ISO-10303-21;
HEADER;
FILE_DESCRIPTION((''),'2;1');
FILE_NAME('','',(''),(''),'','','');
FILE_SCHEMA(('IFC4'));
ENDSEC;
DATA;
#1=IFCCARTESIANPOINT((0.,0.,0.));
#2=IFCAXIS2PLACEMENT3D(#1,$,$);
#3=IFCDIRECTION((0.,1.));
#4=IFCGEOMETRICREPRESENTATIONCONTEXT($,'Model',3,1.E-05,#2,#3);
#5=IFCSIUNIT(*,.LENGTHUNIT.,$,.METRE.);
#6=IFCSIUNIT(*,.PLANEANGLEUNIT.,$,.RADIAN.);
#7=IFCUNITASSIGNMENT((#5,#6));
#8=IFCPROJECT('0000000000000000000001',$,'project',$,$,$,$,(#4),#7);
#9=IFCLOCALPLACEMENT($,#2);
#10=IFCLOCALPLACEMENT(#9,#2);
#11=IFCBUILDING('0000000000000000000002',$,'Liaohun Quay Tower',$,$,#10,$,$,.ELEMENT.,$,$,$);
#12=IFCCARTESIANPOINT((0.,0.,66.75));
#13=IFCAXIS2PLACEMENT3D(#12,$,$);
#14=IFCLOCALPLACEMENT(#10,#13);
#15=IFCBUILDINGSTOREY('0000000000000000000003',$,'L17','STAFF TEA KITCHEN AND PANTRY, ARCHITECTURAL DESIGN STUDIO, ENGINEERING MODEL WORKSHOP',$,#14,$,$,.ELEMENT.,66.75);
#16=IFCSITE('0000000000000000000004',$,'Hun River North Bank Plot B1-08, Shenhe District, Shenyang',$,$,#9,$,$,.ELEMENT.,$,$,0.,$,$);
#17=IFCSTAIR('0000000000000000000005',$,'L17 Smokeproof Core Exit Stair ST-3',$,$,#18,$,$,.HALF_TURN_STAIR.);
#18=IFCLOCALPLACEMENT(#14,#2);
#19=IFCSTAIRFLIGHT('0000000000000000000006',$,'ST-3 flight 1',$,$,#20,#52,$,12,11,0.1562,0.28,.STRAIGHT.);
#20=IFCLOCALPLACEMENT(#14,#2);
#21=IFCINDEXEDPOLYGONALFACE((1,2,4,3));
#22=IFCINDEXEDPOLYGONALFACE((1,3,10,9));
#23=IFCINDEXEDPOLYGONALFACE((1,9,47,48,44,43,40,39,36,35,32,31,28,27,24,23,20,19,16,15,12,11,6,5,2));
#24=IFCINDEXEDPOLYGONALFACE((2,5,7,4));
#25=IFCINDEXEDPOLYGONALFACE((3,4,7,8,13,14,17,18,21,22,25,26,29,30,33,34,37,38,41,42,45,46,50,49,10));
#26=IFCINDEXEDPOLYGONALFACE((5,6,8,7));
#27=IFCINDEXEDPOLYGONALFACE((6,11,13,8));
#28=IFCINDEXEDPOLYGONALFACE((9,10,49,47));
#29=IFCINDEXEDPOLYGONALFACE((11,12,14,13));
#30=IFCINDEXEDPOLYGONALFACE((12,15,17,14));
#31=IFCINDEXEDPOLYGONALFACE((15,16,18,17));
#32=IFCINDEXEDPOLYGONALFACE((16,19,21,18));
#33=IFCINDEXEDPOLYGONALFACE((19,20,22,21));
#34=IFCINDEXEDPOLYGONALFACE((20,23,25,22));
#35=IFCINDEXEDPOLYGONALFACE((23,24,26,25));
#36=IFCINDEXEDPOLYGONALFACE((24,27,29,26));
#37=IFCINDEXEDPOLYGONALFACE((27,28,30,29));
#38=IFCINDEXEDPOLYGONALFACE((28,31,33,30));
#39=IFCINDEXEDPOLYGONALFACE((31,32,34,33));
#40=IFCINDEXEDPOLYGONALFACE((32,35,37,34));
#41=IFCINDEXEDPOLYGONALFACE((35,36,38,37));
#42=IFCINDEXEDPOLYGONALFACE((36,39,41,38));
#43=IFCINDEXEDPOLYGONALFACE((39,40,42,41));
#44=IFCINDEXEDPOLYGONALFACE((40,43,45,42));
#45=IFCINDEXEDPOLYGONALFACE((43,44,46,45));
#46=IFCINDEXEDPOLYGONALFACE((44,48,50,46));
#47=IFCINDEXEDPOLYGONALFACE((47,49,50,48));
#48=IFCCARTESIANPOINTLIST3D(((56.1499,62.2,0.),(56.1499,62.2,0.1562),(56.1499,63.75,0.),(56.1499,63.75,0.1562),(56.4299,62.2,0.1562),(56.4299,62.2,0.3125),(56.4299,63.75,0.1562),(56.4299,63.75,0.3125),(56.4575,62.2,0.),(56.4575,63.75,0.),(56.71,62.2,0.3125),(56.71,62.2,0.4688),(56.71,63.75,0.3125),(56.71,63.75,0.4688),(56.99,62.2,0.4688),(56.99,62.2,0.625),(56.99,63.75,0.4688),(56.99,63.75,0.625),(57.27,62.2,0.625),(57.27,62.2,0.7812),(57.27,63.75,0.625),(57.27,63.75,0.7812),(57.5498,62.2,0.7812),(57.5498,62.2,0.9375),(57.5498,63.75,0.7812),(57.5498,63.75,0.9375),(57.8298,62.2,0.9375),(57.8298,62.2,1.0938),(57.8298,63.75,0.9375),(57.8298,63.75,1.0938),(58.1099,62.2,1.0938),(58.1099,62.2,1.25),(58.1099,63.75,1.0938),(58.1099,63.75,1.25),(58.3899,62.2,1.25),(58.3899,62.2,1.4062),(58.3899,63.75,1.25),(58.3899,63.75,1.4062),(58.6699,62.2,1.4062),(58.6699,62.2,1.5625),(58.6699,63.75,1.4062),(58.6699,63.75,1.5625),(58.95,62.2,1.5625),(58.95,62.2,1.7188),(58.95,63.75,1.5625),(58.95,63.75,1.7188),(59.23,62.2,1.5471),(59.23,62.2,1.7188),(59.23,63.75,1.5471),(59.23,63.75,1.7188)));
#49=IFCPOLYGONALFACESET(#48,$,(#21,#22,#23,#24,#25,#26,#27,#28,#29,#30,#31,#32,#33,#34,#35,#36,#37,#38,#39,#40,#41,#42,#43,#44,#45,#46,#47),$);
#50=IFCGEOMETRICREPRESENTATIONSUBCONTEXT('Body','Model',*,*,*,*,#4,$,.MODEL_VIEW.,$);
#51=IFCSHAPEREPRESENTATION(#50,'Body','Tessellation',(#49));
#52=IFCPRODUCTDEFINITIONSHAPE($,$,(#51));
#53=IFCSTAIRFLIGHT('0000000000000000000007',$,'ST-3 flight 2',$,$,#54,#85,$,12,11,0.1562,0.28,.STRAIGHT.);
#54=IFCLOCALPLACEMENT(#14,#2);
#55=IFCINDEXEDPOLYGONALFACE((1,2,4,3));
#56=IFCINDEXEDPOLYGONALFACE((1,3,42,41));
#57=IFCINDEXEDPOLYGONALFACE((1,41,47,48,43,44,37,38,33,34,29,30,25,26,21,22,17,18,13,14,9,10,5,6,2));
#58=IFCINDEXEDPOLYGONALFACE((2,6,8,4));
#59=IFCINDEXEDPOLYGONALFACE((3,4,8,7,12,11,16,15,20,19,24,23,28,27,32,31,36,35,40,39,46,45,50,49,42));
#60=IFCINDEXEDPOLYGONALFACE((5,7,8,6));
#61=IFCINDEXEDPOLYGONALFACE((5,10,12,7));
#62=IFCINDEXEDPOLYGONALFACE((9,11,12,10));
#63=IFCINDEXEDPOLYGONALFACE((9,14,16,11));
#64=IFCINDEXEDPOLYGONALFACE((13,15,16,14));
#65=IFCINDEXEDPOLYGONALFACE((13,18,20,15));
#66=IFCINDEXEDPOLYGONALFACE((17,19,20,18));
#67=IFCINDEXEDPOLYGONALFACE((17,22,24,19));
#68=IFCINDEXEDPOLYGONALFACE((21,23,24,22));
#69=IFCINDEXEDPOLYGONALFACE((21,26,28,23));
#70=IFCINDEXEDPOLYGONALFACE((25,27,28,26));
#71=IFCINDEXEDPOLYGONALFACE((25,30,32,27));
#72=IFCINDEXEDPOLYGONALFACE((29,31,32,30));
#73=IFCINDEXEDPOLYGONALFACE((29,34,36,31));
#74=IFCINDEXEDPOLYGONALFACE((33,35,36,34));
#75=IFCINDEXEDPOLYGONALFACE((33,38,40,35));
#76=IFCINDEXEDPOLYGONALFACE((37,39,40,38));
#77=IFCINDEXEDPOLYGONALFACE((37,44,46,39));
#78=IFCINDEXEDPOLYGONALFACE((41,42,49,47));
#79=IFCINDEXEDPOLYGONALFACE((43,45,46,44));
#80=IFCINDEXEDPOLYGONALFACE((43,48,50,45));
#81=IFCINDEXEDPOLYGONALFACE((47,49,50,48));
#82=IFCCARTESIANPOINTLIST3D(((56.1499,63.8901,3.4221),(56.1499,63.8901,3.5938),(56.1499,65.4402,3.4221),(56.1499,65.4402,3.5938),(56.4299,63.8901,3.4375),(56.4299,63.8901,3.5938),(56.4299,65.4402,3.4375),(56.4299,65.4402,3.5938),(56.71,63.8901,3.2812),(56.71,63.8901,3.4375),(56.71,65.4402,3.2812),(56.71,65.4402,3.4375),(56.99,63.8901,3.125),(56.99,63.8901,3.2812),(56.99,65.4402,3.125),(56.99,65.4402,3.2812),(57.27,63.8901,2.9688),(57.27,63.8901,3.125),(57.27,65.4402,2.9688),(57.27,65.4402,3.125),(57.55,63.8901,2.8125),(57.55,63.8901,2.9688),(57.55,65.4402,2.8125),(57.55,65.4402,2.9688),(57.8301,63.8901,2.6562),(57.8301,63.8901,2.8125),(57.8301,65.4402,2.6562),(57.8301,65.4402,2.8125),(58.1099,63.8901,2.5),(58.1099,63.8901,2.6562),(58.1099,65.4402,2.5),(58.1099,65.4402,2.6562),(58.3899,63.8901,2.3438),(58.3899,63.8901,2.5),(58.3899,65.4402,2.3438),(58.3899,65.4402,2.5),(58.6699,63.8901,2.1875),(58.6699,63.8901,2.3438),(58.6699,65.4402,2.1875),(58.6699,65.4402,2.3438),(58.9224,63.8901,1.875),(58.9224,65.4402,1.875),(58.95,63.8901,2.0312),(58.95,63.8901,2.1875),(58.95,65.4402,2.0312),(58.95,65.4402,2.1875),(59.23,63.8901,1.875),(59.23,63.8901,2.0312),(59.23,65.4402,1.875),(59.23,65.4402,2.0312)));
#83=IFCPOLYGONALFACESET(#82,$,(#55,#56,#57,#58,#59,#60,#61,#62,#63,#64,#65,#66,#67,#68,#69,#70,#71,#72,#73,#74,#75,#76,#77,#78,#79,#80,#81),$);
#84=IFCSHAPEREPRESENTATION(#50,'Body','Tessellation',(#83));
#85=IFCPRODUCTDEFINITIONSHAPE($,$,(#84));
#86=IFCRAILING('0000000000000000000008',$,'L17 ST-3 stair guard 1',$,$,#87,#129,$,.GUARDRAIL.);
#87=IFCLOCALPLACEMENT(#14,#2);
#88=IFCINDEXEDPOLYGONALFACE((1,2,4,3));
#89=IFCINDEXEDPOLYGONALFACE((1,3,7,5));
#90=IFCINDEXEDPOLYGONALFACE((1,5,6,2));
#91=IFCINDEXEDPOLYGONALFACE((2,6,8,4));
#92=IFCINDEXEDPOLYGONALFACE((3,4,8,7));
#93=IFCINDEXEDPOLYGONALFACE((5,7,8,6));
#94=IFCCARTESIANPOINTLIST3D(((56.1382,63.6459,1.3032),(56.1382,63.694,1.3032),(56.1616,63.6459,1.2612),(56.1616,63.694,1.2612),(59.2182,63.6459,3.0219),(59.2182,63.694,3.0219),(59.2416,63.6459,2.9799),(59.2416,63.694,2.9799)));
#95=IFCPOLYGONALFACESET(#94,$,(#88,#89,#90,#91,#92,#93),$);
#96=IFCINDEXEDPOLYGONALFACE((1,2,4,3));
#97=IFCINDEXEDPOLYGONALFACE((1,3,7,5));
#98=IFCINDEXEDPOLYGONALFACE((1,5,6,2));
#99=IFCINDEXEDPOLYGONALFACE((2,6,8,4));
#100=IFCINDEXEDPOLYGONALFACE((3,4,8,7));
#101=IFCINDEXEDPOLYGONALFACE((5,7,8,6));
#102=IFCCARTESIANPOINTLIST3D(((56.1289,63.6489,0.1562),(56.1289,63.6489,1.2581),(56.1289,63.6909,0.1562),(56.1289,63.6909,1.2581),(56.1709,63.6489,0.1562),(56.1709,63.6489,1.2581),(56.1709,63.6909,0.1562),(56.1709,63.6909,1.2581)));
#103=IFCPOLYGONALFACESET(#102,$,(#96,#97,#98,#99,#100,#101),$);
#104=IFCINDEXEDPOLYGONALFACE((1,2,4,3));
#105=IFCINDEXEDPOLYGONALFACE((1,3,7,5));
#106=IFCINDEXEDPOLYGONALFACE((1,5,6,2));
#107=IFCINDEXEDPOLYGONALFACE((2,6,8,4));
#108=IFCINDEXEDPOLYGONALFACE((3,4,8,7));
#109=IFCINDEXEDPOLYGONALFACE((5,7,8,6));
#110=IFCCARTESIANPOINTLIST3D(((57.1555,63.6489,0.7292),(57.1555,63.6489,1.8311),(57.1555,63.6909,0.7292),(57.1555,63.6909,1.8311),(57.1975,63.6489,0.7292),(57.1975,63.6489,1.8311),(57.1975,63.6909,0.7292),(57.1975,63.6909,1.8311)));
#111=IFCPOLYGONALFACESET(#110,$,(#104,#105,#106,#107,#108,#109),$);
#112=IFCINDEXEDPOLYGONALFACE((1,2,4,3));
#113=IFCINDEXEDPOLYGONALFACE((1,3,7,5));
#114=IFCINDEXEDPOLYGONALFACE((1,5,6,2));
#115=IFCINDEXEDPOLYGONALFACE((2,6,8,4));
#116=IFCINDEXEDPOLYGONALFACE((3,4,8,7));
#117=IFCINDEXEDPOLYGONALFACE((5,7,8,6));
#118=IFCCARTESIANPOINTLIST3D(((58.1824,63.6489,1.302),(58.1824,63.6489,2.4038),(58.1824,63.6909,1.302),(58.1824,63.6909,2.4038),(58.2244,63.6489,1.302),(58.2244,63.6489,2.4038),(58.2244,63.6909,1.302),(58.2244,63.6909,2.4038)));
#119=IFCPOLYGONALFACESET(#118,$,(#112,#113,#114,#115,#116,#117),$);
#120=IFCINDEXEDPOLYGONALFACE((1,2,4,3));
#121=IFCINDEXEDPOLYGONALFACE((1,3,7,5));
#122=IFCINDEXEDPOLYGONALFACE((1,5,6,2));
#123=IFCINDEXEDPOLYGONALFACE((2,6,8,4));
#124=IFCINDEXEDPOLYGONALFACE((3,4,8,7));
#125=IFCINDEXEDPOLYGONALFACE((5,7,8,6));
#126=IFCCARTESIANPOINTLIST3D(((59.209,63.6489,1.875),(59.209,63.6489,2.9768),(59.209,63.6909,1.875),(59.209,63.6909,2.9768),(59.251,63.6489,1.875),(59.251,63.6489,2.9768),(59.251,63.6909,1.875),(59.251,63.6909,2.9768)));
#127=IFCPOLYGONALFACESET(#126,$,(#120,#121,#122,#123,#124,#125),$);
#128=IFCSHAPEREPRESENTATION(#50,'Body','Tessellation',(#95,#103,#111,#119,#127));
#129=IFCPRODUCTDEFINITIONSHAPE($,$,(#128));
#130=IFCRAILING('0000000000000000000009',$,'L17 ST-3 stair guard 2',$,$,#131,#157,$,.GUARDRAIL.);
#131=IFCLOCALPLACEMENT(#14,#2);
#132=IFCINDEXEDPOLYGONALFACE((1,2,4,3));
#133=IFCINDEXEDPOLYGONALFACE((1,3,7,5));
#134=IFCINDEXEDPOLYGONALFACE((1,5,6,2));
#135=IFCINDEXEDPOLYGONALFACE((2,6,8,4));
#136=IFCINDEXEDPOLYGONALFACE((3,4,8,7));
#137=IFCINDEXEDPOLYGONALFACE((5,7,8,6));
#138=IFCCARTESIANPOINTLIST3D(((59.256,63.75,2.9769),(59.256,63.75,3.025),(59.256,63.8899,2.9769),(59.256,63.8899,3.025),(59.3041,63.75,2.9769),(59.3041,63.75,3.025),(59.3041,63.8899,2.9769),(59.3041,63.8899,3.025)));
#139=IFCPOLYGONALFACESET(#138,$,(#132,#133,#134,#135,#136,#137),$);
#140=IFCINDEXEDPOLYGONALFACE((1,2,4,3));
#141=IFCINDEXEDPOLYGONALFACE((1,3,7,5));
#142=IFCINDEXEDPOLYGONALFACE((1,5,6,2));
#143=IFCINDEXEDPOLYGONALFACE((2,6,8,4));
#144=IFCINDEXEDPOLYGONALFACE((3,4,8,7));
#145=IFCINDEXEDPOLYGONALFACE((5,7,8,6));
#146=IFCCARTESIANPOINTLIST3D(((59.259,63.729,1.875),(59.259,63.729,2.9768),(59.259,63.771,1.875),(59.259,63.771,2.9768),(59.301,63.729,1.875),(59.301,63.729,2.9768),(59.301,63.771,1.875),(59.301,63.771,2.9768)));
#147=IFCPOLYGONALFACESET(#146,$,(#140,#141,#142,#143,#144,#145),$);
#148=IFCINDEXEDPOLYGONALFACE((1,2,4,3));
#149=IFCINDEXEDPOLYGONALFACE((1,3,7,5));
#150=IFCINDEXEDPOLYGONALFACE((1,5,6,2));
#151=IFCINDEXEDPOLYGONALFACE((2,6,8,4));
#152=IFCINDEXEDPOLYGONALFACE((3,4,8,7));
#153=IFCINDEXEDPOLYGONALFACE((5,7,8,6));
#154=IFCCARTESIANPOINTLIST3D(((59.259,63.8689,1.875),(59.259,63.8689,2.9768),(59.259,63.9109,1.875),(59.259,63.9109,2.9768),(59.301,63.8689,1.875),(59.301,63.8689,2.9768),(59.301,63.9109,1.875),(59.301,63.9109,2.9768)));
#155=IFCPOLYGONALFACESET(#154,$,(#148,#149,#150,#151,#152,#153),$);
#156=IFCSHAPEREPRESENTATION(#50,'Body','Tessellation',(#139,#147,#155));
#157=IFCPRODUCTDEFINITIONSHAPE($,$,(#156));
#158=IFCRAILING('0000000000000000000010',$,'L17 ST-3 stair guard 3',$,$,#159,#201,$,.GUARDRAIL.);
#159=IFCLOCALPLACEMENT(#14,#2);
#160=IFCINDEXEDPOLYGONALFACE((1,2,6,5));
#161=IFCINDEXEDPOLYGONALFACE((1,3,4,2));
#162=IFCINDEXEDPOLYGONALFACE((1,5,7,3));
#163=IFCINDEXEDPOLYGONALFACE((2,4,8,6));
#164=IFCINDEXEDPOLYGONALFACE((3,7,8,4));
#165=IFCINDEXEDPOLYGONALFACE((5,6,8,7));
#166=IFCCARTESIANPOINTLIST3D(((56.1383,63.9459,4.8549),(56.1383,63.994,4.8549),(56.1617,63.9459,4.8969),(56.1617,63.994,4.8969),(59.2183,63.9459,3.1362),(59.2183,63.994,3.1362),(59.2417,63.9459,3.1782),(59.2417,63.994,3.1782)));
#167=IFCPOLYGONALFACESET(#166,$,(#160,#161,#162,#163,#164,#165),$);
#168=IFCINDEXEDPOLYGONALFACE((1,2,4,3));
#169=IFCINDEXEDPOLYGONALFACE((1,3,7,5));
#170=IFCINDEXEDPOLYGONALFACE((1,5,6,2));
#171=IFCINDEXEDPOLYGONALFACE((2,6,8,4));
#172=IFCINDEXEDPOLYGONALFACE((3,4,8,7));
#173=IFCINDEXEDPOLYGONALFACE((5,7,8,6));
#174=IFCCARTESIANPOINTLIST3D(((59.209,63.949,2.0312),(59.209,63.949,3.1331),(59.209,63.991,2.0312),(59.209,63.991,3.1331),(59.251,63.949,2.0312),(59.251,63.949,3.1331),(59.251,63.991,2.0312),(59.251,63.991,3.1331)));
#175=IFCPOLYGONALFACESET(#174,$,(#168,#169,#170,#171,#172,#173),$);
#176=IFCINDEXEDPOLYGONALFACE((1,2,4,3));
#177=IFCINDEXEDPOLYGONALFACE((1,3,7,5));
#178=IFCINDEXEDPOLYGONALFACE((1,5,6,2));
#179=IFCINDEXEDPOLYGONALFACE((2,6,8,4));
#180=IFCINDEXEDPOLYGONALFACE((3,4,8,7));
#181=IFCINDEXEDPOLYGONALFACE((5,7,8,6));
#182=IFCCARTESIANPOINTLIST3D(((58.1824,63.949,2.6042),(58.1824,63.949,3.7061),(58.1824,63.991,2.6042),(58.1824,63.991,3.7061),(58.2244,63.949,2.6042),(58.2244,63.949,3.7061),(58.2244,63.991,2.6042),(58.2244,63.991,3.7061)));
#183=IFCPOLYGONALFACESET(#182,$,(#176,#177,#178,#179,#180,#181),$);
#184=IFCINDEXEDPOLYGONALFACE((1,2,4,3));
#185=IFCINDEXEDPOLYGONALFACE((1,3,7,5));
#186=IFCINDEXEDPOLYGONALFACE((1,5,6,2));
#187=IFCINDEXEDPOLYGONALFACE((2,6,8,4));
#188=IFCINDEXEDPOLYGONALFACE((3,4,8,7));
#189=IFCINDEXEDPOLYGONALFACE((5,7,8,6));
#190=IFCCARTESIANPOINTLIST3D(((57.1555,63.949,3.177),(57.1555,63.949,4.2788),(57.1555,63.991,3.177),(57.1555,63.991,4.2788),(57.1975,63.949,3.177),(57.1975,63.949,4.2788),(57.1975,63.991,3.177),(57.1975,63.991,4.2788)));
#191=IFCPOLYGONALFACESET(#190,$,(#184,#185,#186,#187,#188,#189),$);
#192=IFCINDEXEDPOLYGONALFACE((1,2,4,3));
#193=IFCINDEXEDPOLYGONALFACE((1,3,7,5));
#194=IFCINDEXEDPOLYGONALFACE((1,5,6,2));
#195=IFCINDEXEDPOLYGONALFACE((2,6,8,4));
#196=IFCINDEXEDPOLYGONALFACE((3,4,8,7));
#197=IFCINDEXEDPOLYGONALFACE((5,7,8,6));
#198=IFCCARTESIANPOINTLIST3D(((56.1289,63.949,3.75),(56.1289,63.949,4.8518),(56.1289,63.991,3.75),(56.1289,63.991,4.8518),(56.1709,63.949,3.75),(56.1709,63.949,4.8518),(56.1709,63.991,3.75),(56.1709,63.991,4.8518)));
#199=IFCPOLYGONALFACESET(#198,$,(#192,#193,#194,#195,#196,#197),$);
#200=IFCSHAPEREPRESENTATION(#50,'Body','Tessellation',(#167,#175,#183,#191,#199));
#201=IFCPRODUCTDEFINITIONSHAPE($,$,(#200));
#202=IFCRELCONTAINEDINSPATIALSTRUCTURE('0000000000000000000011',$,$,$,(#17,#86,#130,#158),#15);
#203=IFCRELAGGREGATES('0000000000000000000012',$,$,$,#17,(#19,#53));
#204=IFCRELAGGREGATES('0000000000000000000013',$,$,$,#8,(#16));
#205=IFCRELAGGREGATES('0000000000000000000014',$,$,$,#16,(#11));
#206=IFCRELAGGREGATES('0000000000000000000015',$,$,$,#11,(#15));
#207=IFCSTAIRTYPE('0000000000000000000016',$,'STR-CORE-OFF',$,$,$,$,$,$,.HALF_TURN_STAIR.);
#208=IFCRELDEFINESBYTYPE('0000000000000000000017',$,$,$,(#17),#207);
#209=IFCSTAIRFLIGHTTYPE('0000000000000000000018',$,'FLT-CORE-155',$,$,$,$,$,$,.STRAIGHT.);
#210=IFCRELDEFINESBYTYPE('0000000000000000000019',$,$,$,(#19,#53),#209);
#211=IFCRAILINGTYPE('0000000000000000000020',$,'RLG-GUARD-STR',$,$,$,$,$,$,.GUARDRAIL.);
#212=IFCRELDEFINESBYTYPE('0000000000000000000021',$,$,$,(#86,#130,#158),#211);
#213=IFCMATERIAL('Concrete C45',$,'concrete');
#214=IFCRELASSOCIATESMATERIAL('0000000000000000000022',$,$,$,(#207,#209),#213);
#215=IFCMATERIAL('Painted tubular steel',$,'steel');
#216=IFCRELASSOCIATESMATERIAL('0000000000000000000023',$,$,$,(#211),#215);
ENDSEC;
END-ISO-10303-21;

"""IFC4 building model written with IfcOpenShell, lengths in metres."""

from ifc_helpers import new_model, si_unit, direction, frame, origin, origin_2d, place, context, subcontext, project, spatial, polyline, rectangle, outline, extrude, material, type_object, element, aggregate, save


model = new_model("IFC4")

# Units and contexts
model_context = context("Model", 3, precision=1e-05, world=origin(), true_north=direction((0.0, 1.0)))
body_context = subcontext(model_context, "Body", "Model", "MODEL_VIEW")
ifc_project = project(units=[si_unit("LENGTHUNIT", "METRE"), si_unit("PLANEANGLEUNIT", "RADIAN")], contexts=[model_context])

# Site, building, storey
site_placement = place(None, origin())
site = spatial("IfcSite", under=ifc_project, at=site_placement, Name="Hun River North Bank Plot B1-08, Shenhe District, Shenyang", CompositionType="ELEMENT", RefElevation=0.0)
building_placement = place(site_placement, origin())
building = spatial("IfcBuilding", under=site, at=building_placement, Name="Liaohun Quay Tower", CompositionType="ELEMENT")
storey_placement = place(building_placement, frame((0.0, 0.0, 66.75)))
storey = spatial("IfcBuildingStorey", under=building, at=storey_placement, Name="L17", Description="STAFF TEA KITCHEN AND PANTRY, ARCHITECTURAL DESIGN STUDIO, ENGINEERING MODEL WORKSHOP", CompositionType="ELEMENT", Elevation=66.75)

# Stair, stair flights
ifc_material_1 = material(Name="Concrete C45", Category="concrete")
stair_type = type_object("IfcStairType", Name="STR-CORE-OFF", PredefinedType="HALF_TURN_STAIR", material=ifc_material_1)
stair_placement = place(storey_placement, origin())
stair = element("IfcStair", 1, at=stair_placement, inside=storey, type_object=stair_type, Name="L17 Smokeproof Core Exit Stair ST-3", PredefinedType="HALF_TURN_STAIR")
stair_flight_type = type_object("IfcStairFlightType", Name="FLT-CORE-155", PredefinedType="STRAIGHT", material=ifc_material_1)
stair_flight_1_placement = place(storey_placement, frame((56.1499, 62.9751, 0.0), z_axis=(0.0, 0.0, 1.0), x_axis=(1.0, 0.0, 0.0)))
stair_flight_1 = element("IfcStairFlight", 2, at=stair_flight_1_placement, type_object=stair_flight_type, Name="ST-3 flight 1", NumberOfRisers=12, NumberOfTreads=11, PredefinedType="STRAIGHT", RiserHeight=0.1562, TreadLength=0.28, context=body_context, shape_type="SweptSolid", body=[
    extrude(outline(polyline([(0.0, 0.0), (0.0, 0.1562), (0.28, 0.1562), (0.28, 0.3125), (0.5601, 0.3125), (0.5601, 0.4688), (0.8401, 0.4688), (0.8401, 0.625), (1.1201, 0.625), (1.1201, 0.7812), (1.3999, 0.7812), (1.3999, 0.9375), (1.6799, 0.9375), (1.6799, 1.0938), (1.96, 1.0938), (1.96, 1.25), (2.24, 1.25), (2.24, 1.4062), (2.52, 1.4062), (2.52, 1.5625), (2.8, 1.5625), (2.8, 1.7188), (3.0801, 1.7188), (3.0801, 1.875), (3.0801, 1.5471), (0.3076, 0.0), (0.0, 0.0)])), frame((0.0, 0.7749, 0.0), z_axis=(0.0, -1.0, 0.0), x_axis=(1.0, 0.0, 0.0)), (0.0, 0.0, 1.0), 1.55),
])
stair_flight_2_placement = place(storey_placement, frame((59.23, 64.665, 1.875), z_axis=(0.0, 0.0, 1.0), x_axis=(-1.0, 0.0, 0.0)))
stair_flight_2 = element("IfcStairFlight", 3, at=stair_flight_2_placement, type_object=stair_flight_type, Name="ST-3 flight 2", NumberOfRisers=12, NumberOfTreads=11, PredefinedType="STRAIGHT", RiserHeight=0.1562, TreadLength=0.28, context=body_context, shape_type="SweptSolid", body=[
    extrude(outline(polyline([(0.0, 0.0), (0.0, 0.1562), (0.28, 0.1562), (0.28, 0.3125), (0.5601, 0.3125), (0.5601, 0.4688), (0.8401, 0.4688), (0.8401, 0.625), (1.1201, 0.625), (1.1201, 0.7812), (1.3999, 0.7812), (1.3999, 0.9375), (1.6799, 0.9375), (1.6799, 1.0938), (1.96, 1.0938), (1.96, 1.25), (2.24, 1.25), (2.24, 1.4062), (2.52, 1.4062), (2.52, 1.5625), (2.8, 1.5625), (2.8, 1.7188), (3.0801, 1.7188), (3.0801, 1.875), (3.0801, 1.5471), (0.3076, 0.0), (0.0, 0.0)])), frame((0.0, 0.7749, 0.0), z_axis=(0.0, -1.0, 0.0), x_axis=(1.0, 0.0, 0.0)), (0.0, 0.0, 1.0), 1.55),
])
aggregate(stair, [stair_flight_1, stair_flight_2])

# Railings
ifc_material_2 = material(Name="Painted tubular steel", Category="steel")
railing_type_1 = type_object("IfcRailingType", Name="RLG-GUARD-STR", PredefinedType="GUARDRAIL", material=ifc_material_2)
railing_1_placement = place(storey_placement, frame((56.1499, 63.6699, 0.1562)))
element("IfcRailing", 4, at=railing_1_placement, inside=storey, type_object=railing_type_1, Name="L17 ST-3 stair guard 1", PredefinedType="GUARDRAIL", context=body_context, shape_type="SweptSolid", body=[
    extrude(rectangle(XDim=0.0481, YDim=0.0481, at=origin_2d()), frame((0.0, 0.0, 1.126), z_axis=(0.873242, 0.0, 0.487288), x_axis=(0.0, 1.0, 0.0)), (0.0, 0.0, 1.0), 3.5271),
    extrude(rectangle(XDim=0.042, YDim=0.042, at=origin_2d()), origin(), (0.0, 0.0, 1.0), 1.1018),
    extrude(rectangle(XDim=0.042, YDim=0.042, at=origin_2d()), frame((1.0266, 0.0, 0.573)), (0.0, 0.0, 1.0), 1.1018),
    extrude(rectangle(XDim=0.042, YDim=0.042, at=origin_2d()), frame((2.0535, 0.0, 1.1458)), (0.0, 0.0, 1.0), 1.1018),
    extrude(rectangle(XDim=0.042, YDim=0.042, at=origin_2d()), frame((3.0801, 0.0, 1.7188)), (0.0, 0.0, 1.0), 1.1018),
])
railing_2_placement = place(storey_placement, frame((59.28, 63.75, 1.875)))
element("IfcRailing", 5, at=railing_2_placement, inside=storey, type_object=railing_type_1, Name="L17 ST-3 stair guard 2", PredefinedType="GUARDRAIL", context=body_context, shape_type="SweptSolid", body=[
    extrude(rectangle(XDim=0.0481, YDim=0.0481, at=origin_2d()), frame((0.0, 0.0, 1.126), z_axis=(0.0, 1.0, 0.0), x_axis=(-1.0, 0.0, 0.0)), (0.0, 0.0, 1.0), 0.1399),
    extrude(rectangle(XDim=0.042, YDim=0.042, at=origin_2d()), origin(), (0.0, 0.0, 1.0), 1.1018),
    extrude(rectangle(XDim=0.042, YDim=0.042, at=origin_2d()), frame((0.0, 0.1399, 0.0)), (0.0, 0.0, 1.0), 1.1018),
])
railing_3_placement = place(storey_placement, frame((59.23, 63.97, 2.0312)))
element("IfcRailing", 6, at=railing_3_placement, inside=storey, type_object=railing_type_1, Name="L17 ST-3 stair guard 3", PredefinedType="GUARDRAIL", context=body_context, shape_type="SweptSolid", body=[
    extrude(rectangle(XDim=0.0481, YDim=0.0481, at=origin_2d()), frame((0.0, 0.0, 1.126), z_axis=(-0.873242, 0.0, 0.487288), x_axis=(0.0, -1.0, 0.0)), (0.0, 0.0, 1.0), 3.5271),
    extrude(rectangle(XDim=0.042, YDim=0.042, at=origin_2d()), origin(), (0.0, 0.0, 1.0), 1.1018),
    extrude(rectangle(XDim=0.042, YDim=0.042, at=origin_2d()), frame((-1.0266, 0.0, 0.573)), (0.0, 0.0, 1.0), 1.1018),
    extrude(rectangle(XDim=0.042, YDim=0.042, at=origin_2d()), frame((-2.0535, 0.0, 1.1458)), (0.0, 0.0, 1.0), 1.1018),
    extrude(rectangle(XDim=0.042, YDim=0.042, at=origin_2d()), frame((-3.0801, 0.0, 1.7188)), (0.0, 0.0, 1.0), 1.1018),
])

save(model, "model.ifc")
